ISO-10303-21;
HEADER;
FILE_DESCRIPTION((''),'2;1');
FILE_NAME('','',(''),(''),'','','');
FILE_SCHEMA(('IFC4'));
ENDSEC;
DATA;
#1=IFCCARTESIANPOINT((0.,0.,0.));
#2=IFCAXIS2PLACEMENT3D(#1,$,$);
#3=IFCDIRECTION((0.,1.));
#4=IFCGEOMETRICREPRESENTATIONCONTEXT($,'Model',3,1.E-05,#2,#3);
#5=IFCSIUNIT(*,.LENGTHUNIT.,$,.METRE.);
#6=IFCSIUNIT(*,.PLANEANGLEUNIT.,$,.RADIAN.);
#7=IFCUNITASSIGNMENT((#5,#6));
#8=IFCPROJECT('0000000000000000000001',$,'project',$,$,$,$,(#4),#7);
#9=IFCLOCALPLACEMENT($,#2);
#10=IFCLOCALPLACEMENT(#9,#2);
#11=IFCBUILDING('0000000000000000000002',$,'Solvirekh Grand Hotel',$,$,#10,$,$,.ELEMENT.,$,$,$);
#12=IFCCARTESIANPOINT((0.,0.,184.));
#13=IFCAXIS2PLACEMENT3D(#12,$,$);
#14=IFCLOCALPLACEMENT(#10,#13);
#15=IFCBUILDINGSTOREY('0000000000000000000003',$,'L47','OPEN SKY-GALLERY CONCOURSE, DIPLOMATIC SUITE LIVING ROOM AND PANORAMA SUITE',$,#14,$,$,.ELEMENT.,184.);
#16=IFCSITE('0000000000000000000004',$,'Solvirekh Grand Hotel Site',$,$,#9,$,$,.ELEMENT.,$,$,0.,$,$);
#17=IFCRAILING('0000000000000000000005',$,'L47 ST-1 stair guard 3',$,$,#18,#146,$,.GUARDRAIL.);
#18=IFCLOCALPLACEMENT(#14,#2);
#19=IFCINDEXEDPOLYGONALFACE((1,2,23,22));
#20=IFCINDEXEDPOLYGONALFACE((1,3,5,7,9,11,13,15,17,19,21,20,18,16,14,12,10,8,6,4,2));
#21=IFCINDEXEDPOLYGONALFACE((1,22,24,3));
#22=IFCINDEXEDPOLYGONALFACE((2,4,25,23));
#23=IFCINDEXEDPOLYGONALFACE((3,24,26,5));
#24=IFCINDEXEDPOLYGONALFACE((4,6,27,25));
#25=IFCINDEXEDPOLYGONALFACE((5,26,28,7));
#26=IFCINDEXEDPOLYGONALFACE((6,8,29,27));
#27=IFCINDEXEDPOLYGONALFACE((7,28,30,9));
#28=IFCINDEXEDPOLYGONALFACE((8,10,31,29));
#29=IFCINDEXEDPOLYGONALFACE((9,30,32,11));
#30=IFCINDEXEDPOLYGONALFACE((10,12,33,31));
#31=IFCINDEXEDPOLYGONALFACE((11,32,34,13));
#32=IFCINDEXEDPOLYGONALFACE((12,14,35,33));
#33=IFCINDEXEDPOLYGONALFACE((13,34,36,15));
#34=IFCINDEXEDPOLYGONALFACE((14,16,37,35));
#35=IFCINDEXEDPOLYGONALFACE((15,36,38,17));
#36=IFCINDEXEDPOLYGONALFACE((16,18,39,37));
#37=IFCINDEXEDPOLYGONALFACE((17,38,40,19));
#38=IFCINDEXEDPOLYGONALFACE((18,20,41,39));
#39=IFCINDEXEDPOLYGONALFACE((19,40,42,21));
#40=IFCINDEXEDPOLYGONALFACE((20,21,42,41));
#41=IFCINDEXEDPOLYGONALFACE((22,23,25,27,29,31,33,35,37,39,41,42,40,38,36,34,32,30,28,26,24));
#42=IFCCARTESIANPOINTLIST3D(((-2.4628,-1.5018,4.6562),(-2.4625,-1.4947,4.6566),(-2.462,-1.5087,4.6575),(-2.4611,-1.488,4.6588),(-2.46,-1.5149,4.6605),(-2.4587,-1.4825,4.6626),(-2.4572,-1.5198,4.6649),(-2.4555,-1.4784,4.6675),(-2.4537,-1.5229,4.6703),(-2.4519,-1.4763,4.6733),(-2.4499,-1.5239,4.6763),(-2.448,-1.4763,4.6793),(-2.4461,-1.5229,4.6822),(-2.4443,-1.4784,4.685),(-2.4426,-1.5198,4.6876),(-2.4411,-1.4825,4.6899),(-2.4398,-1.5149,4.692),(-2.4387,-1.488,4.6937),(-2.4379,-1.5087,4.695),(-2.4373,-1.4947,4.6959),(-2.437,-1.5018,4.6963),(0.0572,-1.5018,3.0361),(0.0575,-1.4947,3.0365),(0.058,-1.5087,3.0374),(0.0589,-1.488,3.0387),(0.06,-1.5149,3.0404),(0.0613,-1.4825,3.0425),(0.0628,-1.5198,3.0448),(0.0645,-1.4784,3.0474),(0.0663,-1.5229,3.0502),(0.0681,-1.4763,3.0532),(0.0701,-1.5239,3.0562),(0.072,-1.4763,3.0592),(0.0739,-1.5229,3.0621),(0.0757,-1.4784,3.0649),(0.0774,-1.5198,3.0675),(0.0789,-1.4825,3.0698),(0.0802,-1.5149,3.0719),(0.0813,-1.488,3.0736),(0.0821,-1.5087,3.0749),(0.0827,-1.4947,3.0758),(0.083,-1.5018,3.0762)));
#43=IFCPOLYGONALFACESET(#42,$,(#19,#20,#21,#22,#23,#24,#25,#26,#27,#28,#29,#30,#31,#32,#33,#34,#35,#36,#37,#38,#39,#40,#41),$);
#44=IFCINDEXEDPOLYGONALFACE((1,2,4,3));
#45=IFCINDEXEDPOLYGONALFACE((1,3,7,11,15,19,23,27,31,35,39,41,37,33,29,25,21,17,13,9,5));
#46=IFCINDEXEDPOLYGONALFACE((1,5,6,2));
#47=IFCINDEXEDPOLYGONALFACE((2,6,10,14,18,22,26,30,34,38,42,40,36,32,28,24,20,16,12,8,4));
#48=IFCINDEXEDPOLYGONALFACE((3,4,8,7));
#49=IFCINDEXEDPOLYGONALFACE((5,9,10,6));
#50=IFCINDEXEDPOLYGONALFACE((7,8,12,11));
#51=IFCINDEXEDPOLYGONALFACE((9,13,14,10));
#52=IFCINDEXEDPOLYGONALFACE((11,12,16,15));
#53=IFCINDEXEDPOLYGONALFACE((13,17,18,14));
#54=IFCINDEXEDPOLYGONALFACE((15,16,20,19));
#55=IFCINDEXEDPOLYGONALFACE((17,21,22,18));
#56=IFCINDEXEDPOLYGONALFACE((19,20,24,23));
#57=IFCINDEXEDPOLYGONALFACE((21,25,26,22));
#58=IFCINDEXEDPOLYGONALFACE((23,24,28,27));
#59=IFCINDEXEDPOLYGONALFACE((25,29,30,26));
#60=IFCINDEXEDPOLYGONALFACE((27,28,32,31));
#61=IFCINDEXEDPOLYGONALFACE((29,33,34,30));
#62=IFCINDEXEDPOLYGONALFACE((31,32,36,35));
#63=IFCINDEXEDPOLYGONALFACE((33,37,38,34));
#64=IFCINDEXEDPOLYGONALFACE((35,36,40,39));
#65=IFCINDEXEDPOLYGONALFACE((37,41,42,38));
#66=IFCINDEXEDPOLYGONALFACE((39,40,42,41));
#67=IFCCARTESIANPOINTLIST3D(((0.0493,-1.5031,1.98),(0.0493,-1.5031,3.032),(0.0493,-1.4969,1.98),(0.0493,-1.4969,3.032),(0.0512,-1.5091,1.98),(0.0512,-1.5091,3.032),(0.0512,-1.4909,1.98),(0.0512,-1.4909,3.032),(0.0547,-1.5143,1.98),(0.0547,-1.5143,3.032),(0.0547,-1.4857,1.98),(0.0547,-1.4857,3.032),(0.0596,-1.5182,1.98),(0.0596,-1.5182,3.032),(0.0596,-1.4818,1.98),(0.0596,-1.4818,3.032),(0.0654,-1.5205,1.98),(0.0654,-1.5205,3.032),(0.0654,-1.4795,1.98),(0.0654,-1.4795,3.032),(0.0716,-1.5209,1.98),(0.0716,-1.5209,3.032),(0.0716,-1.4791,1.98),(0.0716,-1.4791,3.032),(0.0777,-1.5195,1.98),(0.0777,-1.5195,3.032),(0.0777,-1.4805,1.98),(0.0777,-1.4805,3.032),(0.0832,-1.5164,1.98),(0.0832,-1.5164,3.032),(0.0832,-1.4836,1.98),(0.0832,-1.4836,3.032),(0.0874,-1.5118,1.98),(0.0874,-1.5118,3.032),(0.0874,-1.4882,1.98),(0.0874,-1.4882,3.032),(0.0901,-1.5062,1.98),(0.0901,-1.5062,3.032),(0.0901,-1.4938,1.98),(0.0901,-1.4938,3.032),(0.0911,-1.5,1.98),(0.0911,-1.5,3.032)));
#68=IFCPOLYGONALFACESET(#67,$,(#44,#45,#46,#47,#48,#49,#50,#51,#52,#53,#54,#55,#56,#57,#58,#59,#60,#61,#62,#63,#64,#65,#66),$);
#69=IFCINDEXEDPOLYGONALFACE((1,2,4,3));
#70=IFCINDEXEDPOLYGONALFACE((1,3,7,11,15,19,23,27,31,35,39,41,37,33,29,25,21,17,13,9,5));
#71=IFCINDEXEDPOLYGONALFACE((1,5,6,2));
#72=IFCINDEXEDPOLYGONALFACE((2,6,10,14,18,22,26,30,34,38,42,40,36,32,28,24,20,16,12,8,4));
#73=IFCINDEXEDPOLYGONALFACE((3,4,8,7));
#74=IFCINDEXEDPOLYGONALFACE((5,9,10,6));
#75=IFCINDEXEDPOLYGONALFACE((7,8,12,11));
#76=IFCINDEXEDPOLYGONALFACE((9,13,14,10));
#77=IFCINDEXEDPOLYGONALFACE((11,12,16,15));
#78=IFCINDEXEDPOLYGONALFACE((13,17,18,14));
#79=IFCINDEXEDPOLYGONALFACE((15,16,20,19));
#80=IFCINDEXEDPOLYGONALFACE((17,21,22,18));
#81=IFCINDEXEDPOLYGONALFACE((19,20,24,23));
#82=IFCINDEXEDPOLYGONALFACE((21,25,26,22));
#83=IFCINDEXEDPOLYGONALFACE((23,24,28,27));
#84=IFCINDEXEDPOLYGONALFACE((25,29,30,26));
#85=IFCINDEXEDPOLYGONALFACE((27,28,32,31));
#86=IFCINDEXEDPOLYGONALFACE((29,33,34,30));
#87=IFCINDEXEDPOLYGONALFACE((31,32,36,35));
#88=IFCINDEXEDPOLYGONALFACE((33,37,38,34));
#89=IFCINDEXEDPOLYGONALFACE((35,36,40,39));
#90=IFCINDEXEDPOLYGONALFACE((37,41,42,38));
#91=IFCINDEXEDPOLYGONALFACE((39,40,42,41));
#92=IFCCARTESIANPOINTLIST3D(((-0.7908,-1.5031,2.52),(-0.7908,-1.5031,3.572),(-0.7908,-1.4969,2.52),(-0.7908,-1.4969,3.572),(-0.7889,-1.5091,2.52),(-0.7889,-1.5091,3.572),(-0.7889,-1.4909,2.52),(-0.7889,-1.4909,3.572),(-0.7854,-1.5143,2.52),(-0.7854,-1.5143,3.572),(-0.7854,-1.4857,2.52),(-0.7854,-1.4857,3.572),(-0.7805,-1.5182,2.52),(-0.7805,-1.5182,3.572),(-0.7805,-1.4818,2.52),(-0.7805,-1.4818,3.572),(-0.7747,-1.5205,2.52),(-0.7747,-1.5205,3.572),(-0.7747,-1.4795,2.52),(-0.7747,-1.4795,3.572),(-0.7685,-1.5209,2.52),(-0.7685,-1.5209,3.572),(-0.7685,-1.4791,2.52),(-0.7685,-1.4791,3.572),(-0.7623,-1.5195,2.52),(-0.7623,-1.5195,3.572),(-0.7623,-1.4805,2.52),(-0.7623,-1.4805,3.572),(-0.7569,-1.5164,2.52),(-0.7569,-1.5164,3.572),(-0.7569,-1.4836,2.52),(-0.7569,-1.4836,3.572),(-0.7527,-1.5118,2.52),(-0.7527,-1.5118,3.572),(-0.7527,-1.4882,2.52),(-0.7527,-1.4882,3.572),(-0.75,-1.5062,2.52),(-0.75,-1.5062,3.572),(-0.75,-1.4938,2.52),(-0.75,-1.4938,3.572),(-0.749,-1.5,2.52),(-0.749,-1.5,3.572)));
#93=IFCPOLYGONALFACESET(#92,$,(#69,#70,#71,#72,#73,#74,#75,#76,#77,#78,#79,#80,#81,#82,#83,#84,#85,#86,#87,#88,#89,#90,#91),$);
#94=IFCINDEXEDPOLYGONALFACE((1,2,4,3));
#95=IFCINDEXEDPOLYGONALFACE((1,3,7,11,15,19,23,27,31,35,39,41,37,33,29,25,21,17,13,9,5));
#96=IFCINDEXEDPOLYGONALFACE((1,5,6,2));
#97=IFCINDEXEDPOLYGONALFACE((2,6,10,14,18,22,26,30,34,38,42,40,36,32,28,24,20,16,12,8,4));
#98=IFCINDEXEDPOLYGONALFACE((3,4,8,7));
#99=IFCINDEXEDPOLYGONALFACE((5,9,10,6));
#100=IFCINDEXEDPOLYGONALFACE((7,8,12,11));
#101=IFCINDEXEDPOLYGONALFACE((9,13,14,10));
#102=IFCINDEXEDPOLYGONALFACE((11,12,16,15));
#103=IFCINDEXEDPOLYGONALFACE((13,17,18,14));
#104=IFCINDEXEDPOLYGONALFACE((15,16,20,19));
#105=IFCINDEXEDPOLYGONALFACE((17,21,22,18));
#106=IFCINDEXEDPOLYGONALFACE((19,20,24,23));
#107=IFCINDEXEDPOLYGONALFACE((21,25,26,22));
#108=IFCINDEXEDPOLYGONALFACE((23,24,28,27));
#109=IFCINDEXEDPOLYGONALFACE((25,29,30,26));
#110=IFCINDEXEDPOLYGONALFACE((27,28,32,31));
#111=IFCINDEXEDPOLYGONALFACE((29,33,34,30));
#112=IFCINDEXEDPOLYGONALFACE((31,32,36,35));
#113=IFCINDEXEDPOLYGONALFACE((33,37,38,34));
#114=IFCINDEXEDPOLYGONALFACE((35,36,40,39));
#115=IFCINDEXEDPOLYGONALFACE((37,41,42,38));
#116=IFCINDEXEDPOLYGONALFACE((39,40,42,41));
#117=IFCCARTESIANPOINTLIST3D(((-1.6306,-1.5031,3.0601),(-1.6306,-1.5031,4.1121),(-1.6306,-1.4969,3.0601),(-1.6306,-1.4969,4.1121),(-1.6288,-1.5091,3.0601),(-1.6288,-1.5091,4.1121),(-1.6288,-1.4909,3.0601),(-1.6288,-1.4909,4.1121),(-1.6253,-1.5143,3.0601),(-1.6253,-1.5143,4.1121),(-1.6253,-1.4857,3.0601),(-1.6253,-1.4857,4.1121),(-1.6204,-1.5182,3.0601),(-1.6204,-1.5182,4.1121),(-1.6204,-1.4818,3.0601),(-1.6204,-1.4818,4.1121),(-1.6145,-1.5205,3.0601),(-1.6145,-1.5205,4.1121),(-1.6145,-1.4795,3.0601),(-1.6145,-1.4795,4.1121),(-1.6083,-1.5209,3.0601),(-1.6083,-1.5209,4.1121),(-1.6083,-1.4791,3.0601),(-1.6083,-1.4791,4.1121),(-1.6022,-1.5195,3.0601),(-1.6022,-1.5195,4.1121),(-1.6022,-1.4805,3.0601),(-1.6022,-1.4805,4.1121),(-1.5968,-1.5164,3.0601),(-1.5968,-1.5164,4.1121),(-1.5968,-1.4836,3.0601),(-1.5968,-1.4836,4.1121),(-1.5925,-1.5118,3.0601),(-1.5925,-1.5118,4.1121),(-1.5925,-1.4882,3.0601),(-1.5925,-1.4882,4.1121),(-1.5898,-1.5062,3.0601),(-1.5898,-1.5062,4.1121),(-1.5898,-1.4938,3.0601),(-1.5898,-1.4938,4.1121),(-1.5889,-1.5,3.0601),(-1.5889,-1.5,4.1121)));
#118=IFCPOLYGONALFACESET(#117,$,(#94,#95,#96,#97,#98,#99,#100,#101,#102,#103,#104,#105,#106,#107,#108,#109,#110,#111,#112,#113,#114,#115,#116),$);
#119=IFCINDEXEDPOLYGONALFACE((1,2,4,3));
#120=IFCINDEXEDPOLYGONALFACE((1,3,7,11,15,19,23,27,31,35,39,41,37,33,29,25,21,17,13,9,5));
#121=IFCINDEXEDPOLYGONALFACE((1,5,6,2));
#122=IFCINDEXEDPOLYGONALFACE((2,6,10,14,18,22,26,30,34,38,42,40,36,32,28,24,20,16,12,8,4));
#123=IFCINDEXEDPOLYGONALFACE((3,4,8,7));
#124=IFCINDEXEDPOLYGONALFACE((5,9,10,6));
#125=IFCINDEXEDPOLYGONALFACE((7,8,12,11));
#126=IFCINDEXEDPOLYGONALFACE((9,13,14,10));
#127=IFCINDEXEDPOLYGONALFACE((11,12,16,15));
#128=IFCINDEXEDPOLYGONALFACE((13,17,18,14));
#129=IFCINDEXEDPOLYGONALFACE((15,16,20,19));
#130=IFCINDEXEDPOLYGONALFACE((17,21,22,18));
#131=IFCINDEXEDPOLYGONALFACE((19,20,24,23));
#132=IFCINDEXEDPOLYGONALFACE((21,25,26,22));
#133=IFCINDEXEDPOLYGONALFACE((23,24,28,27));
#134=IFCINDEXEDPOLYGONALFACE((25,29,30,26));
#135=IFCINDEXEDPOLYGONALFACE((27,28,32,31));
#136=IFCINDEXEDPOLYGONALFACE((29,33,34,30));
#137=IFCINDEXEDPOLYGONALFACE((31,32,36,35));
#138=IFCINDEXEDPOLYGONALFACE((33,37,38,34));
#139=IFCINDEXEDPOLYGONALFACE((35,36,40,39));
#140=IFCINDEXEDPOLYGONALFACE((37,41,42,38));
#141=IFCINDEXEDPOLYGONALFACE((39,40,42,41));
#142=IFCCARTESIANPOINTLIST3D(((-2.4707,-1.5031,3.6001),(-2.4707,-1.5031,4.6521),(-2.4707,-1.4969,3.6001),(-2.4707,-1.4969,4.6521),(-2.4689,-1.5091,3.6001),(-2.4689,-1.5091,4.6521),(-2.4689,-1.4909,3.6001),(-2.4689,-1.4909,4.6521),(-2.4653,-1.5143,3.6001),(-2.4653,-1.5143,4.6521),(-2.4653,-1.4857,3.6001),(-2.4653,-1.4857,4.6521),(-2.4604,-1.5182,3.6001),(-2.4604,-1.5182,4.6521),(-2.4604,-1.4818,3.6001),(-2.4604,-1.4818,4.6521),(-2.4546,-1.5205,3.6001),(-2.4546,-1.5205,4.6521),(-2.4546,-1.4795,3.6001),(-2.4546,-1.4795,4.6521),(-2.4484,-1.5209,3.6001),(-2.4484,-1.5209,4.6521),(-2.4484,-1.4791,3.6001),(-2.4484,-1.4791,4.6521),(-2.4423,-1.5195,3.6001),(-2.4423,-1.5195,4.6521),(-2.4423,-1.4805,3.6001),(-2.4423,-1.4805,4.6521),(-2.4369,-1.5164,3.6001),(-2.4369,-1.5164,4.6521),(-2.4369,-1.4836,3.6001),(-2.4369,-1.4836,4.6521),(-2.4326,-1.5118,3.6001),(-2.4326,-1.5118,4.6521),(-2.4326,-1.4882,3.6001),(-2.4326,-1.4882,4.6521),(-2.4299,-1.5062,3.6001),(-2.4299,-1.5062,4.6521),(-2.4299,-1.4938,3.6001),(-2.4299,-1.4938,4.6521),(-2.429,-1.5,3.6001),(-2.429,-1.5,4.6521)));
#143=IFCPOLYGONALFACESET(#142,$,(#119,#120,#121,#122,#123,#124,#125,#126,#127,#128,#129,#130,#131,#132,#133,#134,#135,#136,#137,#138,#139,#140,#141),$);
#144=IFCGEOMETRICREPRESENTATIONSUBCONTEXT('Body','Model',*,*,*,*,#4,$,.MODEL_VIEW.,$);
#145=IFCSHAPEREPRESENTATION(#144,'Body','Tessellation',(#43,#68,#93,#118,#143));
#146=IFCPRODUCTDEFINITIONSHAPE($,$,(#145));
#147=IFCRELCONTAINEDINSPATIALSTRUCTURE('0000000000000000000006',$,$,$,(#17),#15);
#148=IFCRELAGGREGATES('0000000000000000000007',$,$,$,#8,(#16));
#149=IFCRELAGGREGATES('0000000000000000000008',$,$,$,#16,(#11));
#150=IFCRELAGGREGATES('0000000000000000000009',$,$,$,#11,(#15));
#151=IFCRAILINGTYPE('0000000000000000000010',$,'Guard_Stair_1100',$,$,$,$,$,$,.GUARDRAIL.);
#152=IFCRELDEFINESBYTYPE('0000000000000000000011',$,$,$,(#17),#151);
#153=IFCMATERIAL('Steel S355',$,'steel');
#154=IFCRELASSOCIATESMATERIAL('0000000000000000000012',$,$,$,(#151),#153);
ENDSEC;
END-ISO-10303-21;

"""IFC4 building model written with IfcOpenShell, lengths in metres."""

from ifc_helpers import new_model, si_unit, direction, frame, origin, origin_2d, place, context, subcontext, project, spatial, circle, extrude, material, type_object, element, save


model = new_model("IFC4")

# Units and contexts
model_context = context("Model", 3, precision=1e-05, world=origin(), true_north=direction((0.0, 1.0)))
body_context = subcontext(model_context, "Body", "Model", "MODEL_VIEW")
ifc_project = project(units=[si_unit("LENGTHUNIT", "METRE"), si_unit("PLANEANGLEUNIT", "RADIAN")], contexts=[model_context])

# Site, building, storey
site_placement = place(None, origin())
site = spatial("IfcSite", under=ifc_project, at=site_placement, Name="Solvirekh Grand Hotel Site", CompositionType="ELEMENT", RefElevation=0.0)
building_placement = place(site_placement, origin())
building = spatial("IfcBuilding", under=site, at=building_placement, Name="Solvirekh Grand Hotel", CompositionType="ELEMENT")
storey_placement = place(building_placement, frame((0.0, 0.0, 184.0)))
storey = spatial("IfcBuildingStorey", under=building, at=storey_placement, Name="L47", Description="OPEN SKY-GALLERY CONCOURSE, DIPLOMATIC SUITE LIVING ROOM AND PANORAMA SUITE", CompositionType="ELEMENT", Elevation=184.0)

# Railing
ifc_material_1 = material(Name="Steel S355", Category="steel")
railing_type_1 = type_object("IfcRailingType", Name="Guard_Stair_1100", PredefinedType="GUARDRAIL", material=ifc_material_1)
railing_1_placement = place(storey_placement, frame((0.0701, -1.5, 1.98)))
element("IfcRailing", 1, at=railing_1_placement, inside=storey, type_object=railing_type_1, Name="L47 ST-1 stair guard 3", PredefinedType="GUARDRAIL", context=body_context, shape_type="SweptSolid", body=[
    extrude(circle(Radius=0.0239, at=origin_2d()), frame((0.0, 0.0, 1.0762), z_axis=(-0.841163, 0.0, 0.540782), x_axis=(0.0, -1.0, 0.0)), (0.0, 0.0, 1.0), 2.9958),
    extrude(circle(Radius=0.021, at=origin_2d()), origin(), (0.0, 0.0, 1.0), 1.052),
    extrude(circle(Radius=0.021, at=origin_2d()), frame((-0.8401, 0.0, 0.54)), (0.0, 0.0, 1.0), 1.052),
    extrude(circle(Radius=0.021, at=origin_2d()), frame((-1.6799, 0.0, 1.0801)), (0.0, 0.0, 1.0), 1.052),
    extrude(circle(Radius=0.021, at=origin_2d()), frame((-2.52, 0.0, 1.6201)), (0.0, 0.0, 1.0), 1.052),
])

save(model, "model.ifc")
